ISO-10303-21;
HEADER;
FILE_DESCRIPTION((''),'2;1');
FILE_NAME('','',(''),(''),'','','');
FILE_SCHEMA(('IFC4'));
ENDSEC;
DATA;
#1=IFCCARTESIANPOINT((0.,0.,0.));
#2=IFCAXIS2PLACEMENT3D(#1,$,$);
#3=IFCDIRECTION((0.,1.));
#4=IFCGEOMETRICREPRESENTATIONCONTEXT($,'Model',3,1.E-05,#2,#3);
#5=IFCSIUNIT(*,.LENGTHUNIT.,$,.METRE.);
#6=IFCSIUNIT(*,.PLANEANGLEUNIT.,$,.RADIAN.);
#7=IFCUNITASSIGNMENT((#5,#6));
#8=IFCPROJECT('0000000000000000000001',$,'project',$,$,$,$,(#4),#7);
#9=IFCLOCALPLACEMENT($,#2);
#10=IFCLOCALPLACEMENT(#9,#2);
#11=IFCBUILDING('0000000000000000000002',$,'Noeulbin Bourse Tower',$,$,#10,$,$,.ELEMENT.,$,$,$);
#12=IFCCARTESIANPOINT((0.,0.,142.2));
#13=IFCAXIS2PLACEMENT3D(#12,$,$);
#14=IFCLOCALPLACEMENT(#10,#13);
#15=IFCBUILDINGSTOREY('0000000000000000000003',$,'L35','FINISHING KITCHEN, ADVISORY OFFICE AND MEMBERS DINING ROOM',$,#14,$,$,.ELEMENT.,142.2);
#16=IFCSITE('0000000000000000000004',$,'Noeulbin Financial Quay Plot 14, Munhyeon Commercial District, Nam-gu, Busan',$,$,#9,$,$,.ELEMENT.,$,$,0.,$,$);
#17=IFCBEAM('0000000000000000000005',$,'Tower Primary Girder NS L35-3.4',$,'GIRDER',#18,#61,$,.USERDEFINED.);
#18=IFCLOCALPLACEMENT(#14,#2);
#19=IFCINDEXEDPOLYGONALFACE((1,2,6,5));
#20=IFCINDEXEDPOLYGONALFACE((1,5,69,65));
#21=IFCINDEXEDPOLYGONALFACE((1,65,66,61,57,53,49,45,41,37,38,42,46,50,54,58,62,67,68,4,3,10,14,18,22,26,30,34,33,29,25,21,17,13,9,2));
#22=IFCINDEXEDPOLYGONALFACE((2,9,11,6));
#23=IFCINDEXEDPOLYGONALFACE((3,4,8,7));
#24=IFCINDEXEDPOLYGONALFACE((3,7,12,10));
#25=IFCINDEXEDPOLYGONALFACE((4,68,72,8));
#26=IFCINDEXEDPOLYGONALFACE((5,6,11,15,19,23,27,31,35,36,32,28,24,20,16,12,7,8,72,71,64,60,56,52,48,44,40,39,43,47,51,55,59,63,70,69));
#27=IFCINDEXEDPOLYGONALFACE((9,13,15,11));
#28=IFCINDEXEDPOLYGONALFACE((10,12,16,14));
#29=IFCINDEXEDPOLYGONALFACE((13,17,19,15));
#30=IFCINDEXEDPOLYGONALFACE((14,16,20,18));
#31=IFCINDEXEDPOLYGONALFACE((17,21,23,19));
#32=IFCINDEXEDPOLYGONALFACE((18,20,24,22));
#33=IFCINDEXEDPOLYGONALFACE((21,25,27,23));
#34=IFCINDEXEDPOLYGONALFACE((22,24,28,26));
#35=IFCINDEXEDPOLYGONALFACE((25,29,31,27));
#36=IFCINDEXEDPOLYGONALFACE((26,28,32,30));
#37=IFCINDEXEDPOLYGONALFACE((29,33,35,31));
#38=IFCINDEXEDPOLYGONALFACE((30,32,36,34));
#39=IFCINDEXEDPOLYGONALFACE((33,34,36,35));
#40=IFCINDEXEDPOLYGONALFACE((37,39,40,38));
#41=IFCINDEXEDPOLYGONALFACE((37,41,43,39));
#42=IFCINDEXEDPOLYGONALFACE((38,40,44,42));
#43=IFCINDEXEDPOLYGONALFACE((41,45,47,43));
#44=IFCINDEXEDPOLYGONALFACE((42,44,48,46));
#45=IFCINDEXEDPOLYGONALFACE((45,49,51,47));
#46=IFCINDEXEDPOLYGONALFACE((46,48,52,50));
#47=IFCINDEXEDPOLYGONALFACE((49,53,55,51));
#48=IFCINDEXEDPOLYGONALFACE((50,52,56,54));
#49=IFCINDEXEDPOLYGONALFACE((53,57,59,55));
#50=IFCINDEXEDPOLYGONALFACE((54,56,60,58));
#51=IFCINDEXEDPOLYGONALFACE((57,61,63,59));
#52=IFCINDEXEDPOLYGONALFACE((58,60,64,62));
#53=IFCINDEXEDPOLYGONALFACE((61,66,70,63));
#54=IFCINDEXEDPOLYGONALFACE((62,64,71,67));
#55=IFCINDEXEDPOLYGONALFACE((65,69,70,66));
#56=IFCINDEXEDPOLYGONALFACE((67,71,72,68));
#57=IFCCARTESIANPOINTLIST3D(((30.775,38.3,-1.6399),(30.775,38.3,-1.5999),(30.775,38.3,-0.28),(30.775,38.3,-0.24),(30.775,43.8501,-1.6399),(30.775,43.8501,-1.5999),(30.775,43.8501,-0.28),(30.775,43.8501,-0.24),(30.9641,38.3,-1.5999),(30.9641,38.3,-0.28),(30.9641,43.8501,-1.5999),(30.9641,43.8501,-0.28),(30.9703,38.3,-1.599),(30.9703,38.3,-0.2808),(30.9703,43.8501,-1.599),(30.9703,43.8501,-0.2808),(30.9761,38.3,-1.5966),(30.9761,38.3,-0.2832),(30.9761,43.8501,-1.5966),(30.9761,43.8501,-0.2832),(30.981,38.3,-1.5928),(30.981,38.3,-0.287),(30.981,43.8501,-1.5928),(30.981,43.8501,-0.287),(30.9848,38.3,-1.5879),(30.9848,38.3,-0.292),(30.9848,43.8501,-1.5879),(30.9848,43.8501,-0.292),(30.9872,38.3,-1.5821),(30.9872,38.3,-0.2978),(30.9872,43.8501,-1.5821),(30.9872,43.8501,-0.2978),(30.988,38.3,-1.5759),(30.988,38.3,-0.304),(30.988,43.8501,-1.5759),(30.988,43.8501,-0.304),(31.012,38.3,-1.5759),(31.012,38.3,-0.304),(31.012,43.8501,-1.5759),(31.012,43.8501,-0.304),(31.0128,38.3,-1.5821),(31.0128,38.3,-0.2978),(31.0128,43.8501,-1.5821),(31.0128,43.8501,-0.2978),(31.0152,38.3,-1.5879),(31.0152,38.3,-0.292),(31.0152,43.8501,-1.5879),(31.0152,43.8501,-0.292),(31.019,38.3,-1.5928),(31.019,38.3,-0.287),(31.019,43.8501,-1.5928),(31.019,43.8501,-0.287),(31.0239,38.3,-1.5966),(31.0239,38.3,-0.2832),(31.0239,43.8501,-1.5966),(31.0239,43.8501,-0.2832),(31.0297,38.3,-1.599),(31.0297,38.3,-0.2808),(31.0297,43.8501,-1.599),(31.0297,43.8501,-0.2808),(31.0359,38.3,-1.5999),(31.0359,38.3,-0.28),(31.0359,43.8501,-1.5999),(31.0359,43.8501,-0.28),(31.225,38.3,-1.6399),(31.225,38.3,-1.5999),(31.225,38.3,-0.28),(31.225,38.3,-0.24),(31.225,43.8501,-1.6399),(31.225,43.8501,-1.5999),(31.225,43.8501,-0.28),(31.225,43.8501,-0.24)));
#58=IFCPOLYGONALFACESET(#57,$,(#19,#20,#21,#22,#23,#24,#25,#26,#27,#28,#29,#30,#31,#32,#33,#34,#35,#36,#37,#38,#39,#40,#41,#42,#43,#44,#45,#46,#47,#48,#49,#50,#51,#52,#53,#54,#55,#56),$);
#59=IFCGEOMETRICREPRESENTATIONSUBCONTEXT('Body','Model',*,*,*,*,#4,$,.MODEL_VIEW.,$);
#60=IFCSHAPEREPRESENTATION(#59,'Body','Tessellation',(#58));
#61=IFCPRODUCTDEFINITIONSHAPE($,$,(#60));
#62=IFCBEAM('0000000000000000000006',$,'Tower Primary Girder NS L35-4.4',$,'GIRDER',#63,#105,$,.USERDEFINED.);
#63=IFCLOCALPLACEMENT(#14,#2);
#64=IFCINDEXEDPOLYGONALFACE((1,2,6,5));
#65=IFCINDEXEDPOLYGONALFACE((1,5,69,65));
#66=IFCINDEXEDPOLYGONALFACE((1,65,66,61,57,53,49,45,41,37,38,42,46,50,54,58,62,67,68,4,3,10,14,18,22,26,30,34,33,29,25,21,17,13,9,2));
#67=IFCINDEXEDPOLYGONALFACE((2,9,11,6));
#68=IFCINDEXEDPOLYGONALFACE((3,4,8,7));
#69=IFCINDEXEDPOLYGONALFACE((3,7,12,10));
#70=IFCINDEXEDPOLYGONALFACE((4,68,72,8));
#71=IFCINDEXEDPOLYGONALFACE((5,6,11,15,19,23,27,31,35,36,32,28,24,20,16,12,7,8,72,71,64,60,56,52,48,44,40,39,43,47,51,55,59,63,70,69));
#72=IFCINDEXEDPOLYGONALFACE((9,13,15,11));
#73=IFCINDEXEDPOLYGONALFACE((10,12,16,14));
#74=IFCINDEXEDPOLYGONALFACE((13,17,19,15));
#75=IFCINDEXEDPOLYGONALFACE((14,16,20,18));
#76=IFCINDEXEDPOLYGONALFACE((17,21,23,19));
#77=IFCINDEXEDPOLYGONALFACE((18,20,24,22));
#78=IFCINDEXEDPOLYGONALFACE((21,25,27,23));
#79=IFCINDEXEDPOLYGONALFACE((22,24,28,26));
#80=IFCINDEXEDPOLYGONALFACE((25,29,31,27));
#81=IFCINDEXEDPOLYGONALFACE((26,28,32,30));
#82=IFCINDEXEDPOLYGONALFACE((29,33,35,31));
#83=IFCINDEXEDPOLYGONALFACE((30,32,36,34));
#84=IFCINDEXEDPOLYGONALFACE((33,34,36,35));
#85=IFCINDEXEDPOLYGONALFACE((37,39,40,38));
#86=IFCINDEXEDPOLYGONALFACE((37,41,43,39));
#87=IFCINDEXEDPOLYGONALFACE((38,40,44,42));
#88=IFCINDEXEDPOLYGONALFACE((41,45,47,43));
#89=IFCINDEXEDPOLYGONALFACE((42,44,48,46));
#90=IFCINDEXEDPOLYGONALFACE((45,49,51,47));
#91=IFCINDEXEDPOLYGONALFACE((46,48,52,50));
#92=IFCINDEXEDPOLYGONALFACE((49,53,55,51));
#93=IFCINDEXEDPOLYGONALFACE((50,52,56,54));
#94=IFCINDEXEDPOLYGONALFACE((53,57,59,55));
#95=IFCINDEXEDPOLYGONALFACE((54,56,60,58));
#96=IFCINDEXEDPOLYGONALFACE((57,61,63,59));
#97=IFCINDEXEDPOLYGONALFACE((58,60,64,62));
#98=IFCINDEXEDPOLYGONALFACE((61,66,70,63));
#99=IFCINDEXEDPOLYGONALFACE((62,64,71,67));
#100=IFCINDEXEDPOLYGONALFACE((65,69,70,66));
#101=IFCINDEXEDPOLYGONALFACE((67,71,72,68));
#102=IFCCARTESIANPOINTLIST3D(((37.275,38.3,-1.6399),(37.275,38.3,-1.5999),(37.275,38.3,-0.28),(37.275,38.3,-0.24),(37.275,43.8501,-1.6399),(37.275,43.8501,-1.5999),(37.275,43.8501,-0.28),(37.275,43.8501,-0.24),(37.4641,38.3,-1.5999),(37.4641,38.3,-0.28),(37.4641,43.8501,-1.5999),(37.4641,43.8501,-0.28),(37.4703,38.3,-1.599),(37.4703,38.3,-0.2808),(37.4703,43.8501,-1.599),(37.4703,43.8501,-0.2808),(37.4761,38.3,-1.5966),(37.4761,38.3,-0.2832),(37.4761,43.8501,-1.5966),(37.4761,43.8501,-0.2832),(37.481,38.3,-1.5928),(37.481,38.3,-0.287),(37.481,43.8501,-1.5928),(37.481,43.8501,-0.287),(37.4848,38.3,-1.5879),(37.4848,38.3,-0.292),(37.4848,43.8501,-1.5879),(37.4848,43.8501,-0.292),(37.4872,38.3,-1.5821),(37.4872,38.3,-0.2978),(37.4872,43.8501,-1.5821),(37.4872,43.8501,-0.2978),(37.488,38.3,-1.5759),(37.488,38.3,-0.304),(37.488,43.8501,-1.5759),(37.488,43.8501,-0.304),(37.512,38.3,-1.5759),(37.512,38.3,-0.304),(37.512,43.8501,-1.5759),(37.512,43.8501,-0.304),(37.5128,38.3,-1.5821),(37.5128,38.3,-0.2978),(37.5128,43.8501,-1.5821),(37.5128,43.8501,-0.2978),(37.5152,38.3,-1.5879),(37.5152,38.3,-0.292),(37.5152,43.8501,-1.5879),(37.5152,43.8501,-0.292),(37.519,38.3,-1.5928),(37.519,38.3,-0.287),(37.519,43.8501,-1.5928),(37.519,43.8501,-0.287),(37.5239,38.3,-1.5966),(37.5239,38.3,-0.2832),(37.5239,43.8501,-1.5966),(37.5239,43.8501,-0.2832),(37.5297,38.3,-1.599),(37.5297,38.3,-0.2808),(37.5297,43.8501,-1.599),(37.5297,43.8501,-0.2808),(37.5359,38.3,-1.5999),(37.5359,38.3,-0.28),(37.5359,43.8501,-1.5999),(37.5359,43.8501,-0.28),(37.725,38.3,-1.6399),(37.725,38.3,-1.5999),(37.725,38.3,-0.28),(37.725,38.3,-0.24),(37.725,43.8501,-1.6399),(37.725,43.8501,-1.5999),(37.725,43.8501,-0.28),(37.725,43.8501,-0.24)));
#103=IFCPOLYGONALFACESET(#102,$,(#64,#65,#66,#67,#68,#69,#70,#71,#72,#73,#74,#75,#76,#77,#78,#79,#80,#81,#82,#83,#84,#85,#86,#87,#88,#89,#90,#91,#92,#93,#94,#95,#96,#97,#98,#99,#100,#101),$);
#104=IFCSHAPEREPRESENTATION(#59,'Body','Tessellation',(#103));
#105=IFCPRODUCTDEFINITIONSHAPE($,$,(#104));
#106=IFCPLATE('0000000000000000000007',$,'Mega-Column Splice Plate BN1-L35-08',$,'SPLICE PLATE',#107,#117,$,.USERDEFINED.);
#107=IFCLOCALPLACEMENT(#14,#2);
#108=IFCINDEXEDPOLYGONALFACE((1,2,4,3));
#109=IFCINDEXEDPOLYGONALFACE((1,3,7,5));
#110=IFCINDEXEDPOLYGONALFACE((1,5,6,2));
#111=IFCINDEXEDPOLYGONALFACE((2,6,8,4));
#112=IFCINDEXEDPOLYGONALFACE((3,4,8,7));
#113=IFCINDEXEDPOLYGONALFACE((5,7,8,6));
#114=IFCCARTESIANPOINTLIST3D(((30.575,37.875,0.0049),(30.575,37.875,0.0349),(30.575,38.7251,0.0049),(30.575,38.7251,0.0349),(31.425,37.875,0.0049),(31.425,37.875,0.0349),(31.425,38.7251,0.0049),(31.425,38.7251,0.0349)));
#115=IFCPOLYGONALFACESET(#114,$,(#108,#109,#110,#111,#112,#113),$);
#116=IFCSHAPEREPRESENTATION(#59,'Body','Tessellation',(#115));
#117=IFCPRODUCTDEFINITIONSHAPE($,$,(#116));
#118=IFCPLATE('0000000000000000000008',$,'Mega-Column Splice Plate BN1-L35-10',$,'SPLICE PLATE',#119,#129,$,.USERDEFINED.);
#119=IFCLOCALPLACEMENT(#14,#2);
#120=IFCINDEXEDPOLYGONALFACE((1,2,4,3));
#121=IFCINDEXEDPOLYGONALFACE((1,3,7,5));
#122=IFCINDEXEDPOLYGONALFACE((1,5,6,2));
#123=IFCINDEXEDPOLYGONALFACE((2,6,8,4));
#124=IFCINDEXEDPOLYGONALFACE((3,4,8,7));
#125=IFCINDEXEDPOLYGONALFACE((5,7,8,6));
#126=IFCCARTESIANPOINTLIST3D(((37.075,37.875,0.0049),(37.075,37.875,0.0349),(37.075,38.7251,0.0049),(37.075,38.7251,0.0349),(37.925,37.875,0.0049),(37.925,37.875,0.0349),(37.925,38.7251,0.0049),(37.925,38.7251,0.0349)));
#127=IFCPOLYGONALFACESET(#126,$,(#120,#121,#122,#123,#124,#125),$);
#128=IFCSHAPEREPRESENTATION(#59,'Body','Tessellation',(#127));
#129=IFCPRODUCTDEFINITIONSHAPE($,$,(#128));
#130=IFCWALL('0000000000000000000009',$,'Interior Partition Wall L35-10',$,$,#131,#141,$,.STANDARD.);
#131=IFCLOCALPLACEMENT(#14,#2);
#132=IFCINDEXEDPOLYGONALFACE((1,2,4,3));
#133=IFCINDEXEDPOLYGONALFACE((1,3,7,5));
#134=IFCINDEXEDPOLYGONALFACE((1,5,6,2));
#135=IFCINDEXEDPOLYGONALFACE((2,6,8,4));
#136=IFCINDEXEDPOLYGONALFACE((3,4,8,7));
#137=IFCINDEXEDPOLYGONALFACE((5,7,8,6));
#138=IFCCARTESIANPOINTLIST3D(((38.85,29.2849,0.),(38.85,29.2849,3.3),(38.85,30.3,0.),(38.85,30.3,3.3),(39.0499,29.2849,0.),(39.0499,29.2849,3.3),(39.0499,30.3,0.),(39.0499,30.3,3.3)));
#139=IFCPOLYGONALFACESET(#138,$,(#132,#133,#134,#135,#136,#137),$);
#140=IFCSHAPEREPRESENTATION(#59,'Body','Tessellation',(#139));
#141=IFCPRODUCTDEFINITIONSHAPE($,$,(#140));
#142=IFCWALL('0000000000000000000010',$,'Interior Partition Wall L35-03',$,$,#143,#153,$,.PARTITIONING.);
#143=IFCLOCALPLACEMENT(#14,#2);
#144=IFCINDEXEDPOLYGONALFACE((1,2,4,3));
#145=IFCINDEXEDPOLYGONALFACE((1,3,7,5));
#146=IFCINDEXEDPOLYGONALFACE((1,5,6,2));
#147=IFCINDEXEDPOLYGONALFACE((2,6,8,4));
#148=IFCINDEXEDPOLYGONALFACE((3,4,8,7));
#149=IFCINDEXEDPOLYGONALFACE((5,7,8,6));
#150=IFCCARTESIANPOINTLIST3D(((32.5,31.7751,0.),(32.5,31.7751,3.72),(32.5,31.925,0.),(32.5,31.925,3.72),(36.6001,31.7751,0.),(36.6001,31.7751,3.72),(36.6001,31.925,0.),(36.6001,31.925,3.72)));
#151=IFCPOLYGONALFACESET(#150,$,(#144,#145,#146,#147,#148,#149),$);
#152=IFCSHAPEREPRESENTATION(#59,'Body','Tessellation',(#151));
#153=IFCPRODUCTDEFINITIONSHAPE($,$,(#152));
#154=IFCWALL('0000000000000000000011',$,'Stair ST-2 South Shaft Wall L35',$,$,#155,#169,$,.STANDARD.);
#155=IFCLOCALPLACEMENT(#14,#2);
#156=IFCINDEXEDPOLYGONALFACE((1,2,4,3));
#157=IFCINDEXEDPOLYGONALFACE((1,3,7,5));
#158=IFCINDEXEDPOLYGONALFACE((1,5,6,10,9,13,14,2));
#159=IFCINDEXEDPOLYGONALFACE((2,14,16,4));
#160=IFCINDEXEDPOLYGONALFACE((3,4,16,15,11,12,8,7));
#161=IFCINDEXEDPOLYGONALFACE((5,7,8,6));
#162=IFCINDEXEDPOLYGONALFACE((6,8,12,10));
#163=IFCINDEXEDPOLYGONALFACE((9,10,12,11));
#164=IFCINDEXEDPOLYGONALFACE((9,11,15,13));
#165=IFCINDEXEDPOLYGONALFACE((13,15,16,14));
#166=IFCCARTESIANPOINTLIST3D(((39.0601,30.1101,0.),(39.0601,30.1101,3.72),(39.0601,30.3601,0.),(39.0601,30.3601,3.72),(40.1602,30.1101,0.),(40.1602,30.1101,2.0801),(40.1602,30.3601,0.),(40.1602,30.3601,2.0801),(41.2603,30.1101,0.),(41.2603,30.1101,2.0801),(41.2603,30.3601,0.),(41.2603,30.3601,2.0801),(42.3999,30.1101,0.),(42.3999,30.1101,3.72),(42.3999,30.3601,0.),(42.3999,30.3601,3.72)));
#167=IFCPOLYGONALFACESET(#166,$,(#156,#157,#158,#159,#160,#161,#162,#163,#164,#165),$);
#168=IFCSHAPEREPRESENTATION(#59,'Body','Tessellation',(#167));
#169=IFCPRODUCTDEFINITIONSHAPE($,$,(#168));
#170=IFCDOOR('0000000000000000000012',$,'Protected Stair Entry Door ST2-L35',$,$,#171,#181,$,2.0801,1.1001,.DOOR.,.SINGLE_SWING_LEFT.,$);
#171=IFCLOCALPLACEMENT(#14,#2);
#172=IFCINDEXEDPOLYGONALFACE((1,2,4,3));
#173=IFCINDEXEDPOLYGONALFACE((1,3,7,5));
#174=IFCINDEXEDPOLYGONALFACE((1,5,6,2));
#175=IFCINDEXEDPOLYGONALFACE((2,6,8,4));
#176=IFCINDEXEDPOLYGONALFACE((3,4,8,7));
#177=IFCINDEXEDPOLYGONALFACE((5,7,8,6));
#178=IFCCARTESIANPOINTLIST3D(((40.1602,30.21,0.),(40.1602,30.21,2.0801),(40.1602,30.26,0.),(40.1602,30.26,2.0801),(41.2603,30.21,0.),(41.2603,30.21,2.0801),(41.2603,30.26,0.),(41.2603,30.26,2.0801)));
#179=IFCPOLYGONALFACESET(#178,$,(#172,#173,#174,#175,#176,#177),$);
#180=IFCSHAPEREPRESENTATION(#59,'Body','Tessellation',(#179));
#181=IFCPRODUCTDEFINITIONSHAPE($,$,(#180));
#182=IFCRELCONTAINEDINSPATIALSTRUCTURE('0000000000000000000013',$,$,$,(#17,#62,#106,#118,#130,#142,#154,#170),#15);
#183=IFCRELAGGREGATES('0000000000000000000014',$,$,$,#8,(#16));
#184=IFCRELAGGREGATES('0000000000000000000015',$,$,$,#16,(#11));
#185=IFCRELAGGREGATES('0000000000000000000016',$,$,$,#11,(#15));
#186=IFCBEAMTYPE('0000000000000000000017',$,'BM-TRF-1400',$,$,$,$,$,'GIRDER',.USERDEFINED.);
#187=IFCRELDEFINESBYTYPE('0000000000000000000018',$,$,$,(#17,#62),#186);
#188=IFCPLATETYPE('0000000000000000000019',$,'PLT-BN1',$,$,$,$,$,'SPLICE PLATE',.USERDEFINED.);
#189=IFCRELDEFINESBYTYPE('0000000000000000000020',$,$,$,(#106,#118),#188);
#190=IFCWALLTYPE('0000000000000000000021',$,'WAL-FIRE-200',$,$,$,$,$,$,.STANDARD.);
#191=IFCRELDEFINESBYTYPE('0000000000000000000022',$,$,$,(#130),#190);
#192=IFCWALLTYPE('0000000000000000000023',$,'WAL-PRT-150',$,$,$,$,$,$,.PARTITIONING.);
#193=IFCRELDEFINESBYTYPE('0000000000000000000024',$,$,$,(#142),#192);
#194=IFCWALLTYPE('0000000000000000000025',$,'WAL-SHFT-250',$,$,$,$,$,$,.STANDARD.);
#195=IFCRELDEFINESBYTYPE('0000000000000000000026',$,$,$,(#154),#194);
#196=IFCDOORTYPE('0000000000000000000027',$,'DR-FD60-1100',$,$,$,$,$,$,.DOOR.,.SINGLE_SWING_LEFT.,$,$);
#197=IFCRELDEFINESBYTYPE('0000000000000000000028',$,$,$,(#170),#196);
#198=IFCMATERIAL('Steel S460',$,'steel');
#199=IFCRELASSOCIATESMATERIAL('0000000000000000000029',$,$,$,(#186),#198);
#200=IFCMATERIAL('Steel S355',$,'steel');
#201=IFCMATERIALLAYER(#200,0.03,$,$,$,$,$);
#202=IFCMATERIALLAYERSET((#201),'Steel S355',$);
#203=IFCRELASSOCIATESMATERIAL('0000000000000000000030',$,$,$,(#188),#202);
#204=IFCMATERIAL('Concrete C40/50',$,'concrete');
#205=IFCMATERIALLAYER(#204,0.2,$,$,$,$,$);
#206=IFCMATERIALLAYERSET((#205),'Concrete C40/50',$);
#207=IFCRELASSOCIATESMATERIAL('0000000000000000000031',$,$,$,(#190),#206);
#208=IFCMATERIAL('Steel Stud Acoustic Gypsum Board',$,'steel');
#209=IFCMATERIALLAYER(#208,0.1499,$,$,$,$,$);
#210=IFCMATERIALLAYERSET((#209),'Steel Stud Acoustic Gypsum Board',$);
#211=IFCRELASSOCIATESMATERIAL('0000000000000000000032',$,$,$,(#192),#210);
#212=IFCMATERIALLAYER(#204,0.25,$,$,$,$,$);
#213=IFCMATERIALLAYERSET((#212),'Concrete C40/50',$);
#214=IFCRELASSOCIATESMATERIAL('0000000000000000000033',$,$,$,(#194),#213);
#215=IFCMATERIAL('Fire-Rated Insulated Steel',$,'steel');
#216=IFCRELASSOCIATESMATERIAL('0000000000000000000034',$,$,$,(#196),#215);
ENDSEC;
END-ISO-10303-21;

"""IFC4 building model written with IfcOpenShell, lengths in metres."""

from ifc_helpers import new_model, si_unit, direction, frame, frame_2d, origin, origin_2d, place, context, subcontext, project, spatial, rectangle, i_section, extrude, material, layer, layer_set, material_profile, profile_set, type_object, element, fill, save


model = new_model("IFC4")

# Units and contexts
model_context = context("Model", 3, precision=1e-05, world=origin(), true_north=direction((0.0, 1.0)))
body_context = subcontext(model_context, "Body", "Model", "MODEL_VIEW")
ifc_project = project(units=[si_unit("LENGTHUNIT", "METRE"), si_unit("PLANEANGLEUNIT", "RADIAN")], contexts=[model_context])

# Site, building, storey
site_placement = place(None, origin())
site = spatial("IfcSite", under=ifc_project, at=site_placement, Name="Noeulbin Financial Quay Plot 14, Munhyeon Commercial District, Nam-gu, Busan", CompositionType="ELEMENT", RefElevation=0.0)
building_placement = place(site_placement, origin())
building = spatial("IfcBuilding", under=site, at=building_placement, Name="Noeulbin Bourse Tower", CompositionType="ELEMENT")
storey_placement = place(building_placement, frame((0.0, 0.0, 142.2)))
storey = spatial("IfcBuildingStorey", under=building, at=storey_placement, Name="L35", Description="FINISHING KITCHEN, ADVISORY OFFICE AND MEMBERS DINING ROOM", CompositionType="ELEMENT", Elevation=142.2)

# Shared definitions
ifc_material_1 = material(Name="Steel S460", Category="steel")

# Beams
ifc_material_2 = material(Name="Steel S355", Category="steel")
ifc_material_profile_1 = material_profile(ifc_material_1, i_section(OverallWidth=0.45, OverallDepth=1.3999, WebThickness=0.0239, FlangeThickness=0.04, FilletRadius=0.0239, at=origin_2d()), Name="PG-1400x450x24x40", Category="LoadBearing")
ifc_profile_set_1 = profile_set([ifc_material_profile_1], Name="Steel S460")
beam_type_1 = type_object("IfcBeamType", Name="BM-TRF-1400", ElementType="GIRDER", PredefinedType="USERDEFINED", material=ifc_profile_set_1)
for number, where, z_axis, x_axis, name in (
    (1, (31.0, 38.3, -0.9399), (0.0, 1.0, 0.0), (-1.0, 0.0, 0.0), "Tower Primary Girder NS L35-3.4"),
    (2, (37.5, 38.3, -0.9399), (0.0, 1.0, 0.0), (-1.0, 0.0, 0.0), "Tower Primary Girder NS L35-4.4"),
):
    element("IfcBeam", number, at=place(storey_placement, frame(where, z_axis=z_axis, x_axis=x_axis)), inside=storey, type_object=beam_type_1, Name=name, ObjectType="GIRDER", PredefinedType="USERDEFINED", context=body_context, shape_type="SweptSolid", body=[
        extrude(i_section(OverallWidth=0.45, OverallDepth=1.3999, WebThickness=0.0239, FlangeThickness=0.04, FilletRadius=0.0239, at=origin_2d()), origin(), (0.0, 0.0, 1.0), 5.55),
    ])

# Plates
ifc_layer_1 = layer(ifc_material_2, 0.03)
ifc_layer_set_1 = layer_set([ifc_layer_1], Name="Steel S355")
plate_type = type_object("IfcPlateType", Name="PLT-BN1", ElementType="SPLICE PLATE", PredefinedType="USERDEFINED", material=ifc_layer_set_1)
for number, where, z_axis, x_axis, name in (
    (3, (31.0, 38.3, 0.0049), (0.0, 0.0, 1.0), (1.0, 0.0, 0.0), "Mega-Column Splice Plate BN1-L35-08"),
    (4, (37.5, 38.3, 0.0049), (0.0, 0.0, 1.0), (1.0, 0.0, 0.0), "Mega-Column Splice Plate BN1-L35-10"),
):
    element("IfcPlate", number, at=place(storey_placement, frame(where, z_axis=z_axis, x_axis=x_axis)), inside=storey, type_object=plate_type, Name=name, ObjectType="SPLICE PLATE", PredefinedType="USERDEFINED", context=body_context, shape_type="SweptSolid", body=[
        extrude(rectangle(XDim=0.8501, YDim=0.8501, at=origin_2d()), origin(), (0.0, 0.0, 1.0), 0.03),
    ])

# Walls
ifc_material_3 = material(Name="Concrete C40/50", Category="concrete")
ifc_layer_2 = layer(ifc_material_3, 0.2)
ifc_layer_set_2 = layer_set([ifc_layer_2], Name="Concrete C40/50")
wall_type_1 = type_object("IfcWallType", Name="WAL-FIRE-200", PredefinedType="STANDARD", material=ifc_layer_set_2)
wall_1_placement = place(storey_placement, frame((38.95, 29.2849, 0.0), z_axis=(0.0, 0.0, 1.0), x_axis=(0.0, 1.0, 0.0)))
element("IfcWall", 5, at=wall_1_placement, inside=storey, type_object=wall_type_1, Name="Interior Partition Wall L35-10", PredefinedType="STANDARD", context=body_context, shape_type="SweptSolid", body=[
    extrude(rectangle(XDim=1.0151, YDim=0.2, at=frame_2d((0.5076, 0.0))), origin(), (0.0, 0.0, 1.0), 3.3),
])
ifc_material_4 = material(Name="Steel Stud Acoustic Gypsum Board", Category="steel")
ifc_layer_3 = layer(ifc_material_4, 0.1499)
ifc_layer_set_3 = layer_set([ifc_layer_3], Name="Steel Stud Acoustic Gypsum Board")
wall_type_2 = type_object("IfcWallType", Name="WAL-PRT-150", PredefinedType="PARTITIONING", material=ifc_layer_set_3)
wall_2_placement = place(storey_placement, frame((32.5, 31.8501, 0.0), z_axis=(0.0, 0.0, 1.0), x_axis=(1.0, 0.0, 0.0)))
element("IfcWall", 6, at=wall_2_placement, inside=storey, type_object=wall_type_2, Name="Interior Partition Wall L35-03", PredefinedType="PARTITIONING", context=body_context, shape_type="SweptSolid", body=[
    extrude(rectangle(XDim=4.1001, YDim=0.1499, at=frame_2d((2.05, 0.0))), origin(), (0.0, 0.0, 1.0), 3.72),
])

# Wall, opening, door
ifc_layer_4 = layer(ifc_material_3, 0.25)
ifc_layer_set_4 = layer_set([ifc_layer_4], Name="Concrete C40/50")
wall_type_3 = type_object("IfcWallType", Name="WAL-SHFT-250", PredefinedType="STANDARD", material=ifc_layer_set_4)
wall_3_placement = place(storey_placement, frame((39.0601, 30.2351, 0.0), z_axis=(0.0, 0.0, 1.0), x_axis=(1.0, 0.0, 0.0)))
wall_3 = element("IfcWall", 7, at=wall_3_placement, inside=storey, type_object=wall_type_3, Name="Stair ST-2 South Shaft Wall L35", PredefinedType="STANDARD", context=body_context, shape_type="SweptSolid", body=[
    extrude(rectangle(XDim=3.3398, YDim=0.25, at=frame_2d((1.6699, 0.0))), origin(), (0.0, 0.0, 1.0), 3.72),
])
opening_1_placement = place(wall_3_placement, frame((1.1001, 0.0, 0.0)))
opening_1 = element("IfcOpeningElement", 8, at=opening_1_placement, cuts=wall_3, PredefinedType="OPENING", context=body_context, shape_type="SweptSolid", body=[
    extrude(rectangle(XDim=1.1001, YDim=2.0801, at=frame_2d((0.55, 1.04))), frame((0.0, 0.135, 0.0), z_axis=(0.0, -1.0, 0.0), x_axis=(1.0, 0.0, 0.0)), (0.0, 0.0, 1.0), 0.27),
])
ifc_material_5 = material(Name="Fire-Rated Insulated Steel", Category="steel")
door_type_1 = type_object("IfcDoorType", Name="DR-FD60-1100", OperationType="SINGLE_SWING_LEFT", PredefinedType="DOOR", material=ifc_material_5)
door_1_placement = place(opening_1_placement, origin())
door_1 = element("IfcDoor", 9, at=door_1_placement, inside=storey, type_object=door_type_1, Name="Protected Stair Entry Door ST2-L35", OperationType="SINGLE_SWING_LEFT", OverallHeight=2.0801, OverallWidth=1.1001, PredefinedType="DOOR", context=body_context, shape_type="SweptSolid", body=[
    extrude(rectangle(XDim=1.1001, YDim=2.0801, at=frame_2d((0.55, 1.04))), frame((0.0, 0.0249, 0.0), z_axis=(0.0, -1.0, 0.0), x_axis=(1.0, 0.0, 0.0)), (0.0, 0.0, 1.0), 0.05),
])
fill(opening_1, door_1)

save(model, "model.ifc")
